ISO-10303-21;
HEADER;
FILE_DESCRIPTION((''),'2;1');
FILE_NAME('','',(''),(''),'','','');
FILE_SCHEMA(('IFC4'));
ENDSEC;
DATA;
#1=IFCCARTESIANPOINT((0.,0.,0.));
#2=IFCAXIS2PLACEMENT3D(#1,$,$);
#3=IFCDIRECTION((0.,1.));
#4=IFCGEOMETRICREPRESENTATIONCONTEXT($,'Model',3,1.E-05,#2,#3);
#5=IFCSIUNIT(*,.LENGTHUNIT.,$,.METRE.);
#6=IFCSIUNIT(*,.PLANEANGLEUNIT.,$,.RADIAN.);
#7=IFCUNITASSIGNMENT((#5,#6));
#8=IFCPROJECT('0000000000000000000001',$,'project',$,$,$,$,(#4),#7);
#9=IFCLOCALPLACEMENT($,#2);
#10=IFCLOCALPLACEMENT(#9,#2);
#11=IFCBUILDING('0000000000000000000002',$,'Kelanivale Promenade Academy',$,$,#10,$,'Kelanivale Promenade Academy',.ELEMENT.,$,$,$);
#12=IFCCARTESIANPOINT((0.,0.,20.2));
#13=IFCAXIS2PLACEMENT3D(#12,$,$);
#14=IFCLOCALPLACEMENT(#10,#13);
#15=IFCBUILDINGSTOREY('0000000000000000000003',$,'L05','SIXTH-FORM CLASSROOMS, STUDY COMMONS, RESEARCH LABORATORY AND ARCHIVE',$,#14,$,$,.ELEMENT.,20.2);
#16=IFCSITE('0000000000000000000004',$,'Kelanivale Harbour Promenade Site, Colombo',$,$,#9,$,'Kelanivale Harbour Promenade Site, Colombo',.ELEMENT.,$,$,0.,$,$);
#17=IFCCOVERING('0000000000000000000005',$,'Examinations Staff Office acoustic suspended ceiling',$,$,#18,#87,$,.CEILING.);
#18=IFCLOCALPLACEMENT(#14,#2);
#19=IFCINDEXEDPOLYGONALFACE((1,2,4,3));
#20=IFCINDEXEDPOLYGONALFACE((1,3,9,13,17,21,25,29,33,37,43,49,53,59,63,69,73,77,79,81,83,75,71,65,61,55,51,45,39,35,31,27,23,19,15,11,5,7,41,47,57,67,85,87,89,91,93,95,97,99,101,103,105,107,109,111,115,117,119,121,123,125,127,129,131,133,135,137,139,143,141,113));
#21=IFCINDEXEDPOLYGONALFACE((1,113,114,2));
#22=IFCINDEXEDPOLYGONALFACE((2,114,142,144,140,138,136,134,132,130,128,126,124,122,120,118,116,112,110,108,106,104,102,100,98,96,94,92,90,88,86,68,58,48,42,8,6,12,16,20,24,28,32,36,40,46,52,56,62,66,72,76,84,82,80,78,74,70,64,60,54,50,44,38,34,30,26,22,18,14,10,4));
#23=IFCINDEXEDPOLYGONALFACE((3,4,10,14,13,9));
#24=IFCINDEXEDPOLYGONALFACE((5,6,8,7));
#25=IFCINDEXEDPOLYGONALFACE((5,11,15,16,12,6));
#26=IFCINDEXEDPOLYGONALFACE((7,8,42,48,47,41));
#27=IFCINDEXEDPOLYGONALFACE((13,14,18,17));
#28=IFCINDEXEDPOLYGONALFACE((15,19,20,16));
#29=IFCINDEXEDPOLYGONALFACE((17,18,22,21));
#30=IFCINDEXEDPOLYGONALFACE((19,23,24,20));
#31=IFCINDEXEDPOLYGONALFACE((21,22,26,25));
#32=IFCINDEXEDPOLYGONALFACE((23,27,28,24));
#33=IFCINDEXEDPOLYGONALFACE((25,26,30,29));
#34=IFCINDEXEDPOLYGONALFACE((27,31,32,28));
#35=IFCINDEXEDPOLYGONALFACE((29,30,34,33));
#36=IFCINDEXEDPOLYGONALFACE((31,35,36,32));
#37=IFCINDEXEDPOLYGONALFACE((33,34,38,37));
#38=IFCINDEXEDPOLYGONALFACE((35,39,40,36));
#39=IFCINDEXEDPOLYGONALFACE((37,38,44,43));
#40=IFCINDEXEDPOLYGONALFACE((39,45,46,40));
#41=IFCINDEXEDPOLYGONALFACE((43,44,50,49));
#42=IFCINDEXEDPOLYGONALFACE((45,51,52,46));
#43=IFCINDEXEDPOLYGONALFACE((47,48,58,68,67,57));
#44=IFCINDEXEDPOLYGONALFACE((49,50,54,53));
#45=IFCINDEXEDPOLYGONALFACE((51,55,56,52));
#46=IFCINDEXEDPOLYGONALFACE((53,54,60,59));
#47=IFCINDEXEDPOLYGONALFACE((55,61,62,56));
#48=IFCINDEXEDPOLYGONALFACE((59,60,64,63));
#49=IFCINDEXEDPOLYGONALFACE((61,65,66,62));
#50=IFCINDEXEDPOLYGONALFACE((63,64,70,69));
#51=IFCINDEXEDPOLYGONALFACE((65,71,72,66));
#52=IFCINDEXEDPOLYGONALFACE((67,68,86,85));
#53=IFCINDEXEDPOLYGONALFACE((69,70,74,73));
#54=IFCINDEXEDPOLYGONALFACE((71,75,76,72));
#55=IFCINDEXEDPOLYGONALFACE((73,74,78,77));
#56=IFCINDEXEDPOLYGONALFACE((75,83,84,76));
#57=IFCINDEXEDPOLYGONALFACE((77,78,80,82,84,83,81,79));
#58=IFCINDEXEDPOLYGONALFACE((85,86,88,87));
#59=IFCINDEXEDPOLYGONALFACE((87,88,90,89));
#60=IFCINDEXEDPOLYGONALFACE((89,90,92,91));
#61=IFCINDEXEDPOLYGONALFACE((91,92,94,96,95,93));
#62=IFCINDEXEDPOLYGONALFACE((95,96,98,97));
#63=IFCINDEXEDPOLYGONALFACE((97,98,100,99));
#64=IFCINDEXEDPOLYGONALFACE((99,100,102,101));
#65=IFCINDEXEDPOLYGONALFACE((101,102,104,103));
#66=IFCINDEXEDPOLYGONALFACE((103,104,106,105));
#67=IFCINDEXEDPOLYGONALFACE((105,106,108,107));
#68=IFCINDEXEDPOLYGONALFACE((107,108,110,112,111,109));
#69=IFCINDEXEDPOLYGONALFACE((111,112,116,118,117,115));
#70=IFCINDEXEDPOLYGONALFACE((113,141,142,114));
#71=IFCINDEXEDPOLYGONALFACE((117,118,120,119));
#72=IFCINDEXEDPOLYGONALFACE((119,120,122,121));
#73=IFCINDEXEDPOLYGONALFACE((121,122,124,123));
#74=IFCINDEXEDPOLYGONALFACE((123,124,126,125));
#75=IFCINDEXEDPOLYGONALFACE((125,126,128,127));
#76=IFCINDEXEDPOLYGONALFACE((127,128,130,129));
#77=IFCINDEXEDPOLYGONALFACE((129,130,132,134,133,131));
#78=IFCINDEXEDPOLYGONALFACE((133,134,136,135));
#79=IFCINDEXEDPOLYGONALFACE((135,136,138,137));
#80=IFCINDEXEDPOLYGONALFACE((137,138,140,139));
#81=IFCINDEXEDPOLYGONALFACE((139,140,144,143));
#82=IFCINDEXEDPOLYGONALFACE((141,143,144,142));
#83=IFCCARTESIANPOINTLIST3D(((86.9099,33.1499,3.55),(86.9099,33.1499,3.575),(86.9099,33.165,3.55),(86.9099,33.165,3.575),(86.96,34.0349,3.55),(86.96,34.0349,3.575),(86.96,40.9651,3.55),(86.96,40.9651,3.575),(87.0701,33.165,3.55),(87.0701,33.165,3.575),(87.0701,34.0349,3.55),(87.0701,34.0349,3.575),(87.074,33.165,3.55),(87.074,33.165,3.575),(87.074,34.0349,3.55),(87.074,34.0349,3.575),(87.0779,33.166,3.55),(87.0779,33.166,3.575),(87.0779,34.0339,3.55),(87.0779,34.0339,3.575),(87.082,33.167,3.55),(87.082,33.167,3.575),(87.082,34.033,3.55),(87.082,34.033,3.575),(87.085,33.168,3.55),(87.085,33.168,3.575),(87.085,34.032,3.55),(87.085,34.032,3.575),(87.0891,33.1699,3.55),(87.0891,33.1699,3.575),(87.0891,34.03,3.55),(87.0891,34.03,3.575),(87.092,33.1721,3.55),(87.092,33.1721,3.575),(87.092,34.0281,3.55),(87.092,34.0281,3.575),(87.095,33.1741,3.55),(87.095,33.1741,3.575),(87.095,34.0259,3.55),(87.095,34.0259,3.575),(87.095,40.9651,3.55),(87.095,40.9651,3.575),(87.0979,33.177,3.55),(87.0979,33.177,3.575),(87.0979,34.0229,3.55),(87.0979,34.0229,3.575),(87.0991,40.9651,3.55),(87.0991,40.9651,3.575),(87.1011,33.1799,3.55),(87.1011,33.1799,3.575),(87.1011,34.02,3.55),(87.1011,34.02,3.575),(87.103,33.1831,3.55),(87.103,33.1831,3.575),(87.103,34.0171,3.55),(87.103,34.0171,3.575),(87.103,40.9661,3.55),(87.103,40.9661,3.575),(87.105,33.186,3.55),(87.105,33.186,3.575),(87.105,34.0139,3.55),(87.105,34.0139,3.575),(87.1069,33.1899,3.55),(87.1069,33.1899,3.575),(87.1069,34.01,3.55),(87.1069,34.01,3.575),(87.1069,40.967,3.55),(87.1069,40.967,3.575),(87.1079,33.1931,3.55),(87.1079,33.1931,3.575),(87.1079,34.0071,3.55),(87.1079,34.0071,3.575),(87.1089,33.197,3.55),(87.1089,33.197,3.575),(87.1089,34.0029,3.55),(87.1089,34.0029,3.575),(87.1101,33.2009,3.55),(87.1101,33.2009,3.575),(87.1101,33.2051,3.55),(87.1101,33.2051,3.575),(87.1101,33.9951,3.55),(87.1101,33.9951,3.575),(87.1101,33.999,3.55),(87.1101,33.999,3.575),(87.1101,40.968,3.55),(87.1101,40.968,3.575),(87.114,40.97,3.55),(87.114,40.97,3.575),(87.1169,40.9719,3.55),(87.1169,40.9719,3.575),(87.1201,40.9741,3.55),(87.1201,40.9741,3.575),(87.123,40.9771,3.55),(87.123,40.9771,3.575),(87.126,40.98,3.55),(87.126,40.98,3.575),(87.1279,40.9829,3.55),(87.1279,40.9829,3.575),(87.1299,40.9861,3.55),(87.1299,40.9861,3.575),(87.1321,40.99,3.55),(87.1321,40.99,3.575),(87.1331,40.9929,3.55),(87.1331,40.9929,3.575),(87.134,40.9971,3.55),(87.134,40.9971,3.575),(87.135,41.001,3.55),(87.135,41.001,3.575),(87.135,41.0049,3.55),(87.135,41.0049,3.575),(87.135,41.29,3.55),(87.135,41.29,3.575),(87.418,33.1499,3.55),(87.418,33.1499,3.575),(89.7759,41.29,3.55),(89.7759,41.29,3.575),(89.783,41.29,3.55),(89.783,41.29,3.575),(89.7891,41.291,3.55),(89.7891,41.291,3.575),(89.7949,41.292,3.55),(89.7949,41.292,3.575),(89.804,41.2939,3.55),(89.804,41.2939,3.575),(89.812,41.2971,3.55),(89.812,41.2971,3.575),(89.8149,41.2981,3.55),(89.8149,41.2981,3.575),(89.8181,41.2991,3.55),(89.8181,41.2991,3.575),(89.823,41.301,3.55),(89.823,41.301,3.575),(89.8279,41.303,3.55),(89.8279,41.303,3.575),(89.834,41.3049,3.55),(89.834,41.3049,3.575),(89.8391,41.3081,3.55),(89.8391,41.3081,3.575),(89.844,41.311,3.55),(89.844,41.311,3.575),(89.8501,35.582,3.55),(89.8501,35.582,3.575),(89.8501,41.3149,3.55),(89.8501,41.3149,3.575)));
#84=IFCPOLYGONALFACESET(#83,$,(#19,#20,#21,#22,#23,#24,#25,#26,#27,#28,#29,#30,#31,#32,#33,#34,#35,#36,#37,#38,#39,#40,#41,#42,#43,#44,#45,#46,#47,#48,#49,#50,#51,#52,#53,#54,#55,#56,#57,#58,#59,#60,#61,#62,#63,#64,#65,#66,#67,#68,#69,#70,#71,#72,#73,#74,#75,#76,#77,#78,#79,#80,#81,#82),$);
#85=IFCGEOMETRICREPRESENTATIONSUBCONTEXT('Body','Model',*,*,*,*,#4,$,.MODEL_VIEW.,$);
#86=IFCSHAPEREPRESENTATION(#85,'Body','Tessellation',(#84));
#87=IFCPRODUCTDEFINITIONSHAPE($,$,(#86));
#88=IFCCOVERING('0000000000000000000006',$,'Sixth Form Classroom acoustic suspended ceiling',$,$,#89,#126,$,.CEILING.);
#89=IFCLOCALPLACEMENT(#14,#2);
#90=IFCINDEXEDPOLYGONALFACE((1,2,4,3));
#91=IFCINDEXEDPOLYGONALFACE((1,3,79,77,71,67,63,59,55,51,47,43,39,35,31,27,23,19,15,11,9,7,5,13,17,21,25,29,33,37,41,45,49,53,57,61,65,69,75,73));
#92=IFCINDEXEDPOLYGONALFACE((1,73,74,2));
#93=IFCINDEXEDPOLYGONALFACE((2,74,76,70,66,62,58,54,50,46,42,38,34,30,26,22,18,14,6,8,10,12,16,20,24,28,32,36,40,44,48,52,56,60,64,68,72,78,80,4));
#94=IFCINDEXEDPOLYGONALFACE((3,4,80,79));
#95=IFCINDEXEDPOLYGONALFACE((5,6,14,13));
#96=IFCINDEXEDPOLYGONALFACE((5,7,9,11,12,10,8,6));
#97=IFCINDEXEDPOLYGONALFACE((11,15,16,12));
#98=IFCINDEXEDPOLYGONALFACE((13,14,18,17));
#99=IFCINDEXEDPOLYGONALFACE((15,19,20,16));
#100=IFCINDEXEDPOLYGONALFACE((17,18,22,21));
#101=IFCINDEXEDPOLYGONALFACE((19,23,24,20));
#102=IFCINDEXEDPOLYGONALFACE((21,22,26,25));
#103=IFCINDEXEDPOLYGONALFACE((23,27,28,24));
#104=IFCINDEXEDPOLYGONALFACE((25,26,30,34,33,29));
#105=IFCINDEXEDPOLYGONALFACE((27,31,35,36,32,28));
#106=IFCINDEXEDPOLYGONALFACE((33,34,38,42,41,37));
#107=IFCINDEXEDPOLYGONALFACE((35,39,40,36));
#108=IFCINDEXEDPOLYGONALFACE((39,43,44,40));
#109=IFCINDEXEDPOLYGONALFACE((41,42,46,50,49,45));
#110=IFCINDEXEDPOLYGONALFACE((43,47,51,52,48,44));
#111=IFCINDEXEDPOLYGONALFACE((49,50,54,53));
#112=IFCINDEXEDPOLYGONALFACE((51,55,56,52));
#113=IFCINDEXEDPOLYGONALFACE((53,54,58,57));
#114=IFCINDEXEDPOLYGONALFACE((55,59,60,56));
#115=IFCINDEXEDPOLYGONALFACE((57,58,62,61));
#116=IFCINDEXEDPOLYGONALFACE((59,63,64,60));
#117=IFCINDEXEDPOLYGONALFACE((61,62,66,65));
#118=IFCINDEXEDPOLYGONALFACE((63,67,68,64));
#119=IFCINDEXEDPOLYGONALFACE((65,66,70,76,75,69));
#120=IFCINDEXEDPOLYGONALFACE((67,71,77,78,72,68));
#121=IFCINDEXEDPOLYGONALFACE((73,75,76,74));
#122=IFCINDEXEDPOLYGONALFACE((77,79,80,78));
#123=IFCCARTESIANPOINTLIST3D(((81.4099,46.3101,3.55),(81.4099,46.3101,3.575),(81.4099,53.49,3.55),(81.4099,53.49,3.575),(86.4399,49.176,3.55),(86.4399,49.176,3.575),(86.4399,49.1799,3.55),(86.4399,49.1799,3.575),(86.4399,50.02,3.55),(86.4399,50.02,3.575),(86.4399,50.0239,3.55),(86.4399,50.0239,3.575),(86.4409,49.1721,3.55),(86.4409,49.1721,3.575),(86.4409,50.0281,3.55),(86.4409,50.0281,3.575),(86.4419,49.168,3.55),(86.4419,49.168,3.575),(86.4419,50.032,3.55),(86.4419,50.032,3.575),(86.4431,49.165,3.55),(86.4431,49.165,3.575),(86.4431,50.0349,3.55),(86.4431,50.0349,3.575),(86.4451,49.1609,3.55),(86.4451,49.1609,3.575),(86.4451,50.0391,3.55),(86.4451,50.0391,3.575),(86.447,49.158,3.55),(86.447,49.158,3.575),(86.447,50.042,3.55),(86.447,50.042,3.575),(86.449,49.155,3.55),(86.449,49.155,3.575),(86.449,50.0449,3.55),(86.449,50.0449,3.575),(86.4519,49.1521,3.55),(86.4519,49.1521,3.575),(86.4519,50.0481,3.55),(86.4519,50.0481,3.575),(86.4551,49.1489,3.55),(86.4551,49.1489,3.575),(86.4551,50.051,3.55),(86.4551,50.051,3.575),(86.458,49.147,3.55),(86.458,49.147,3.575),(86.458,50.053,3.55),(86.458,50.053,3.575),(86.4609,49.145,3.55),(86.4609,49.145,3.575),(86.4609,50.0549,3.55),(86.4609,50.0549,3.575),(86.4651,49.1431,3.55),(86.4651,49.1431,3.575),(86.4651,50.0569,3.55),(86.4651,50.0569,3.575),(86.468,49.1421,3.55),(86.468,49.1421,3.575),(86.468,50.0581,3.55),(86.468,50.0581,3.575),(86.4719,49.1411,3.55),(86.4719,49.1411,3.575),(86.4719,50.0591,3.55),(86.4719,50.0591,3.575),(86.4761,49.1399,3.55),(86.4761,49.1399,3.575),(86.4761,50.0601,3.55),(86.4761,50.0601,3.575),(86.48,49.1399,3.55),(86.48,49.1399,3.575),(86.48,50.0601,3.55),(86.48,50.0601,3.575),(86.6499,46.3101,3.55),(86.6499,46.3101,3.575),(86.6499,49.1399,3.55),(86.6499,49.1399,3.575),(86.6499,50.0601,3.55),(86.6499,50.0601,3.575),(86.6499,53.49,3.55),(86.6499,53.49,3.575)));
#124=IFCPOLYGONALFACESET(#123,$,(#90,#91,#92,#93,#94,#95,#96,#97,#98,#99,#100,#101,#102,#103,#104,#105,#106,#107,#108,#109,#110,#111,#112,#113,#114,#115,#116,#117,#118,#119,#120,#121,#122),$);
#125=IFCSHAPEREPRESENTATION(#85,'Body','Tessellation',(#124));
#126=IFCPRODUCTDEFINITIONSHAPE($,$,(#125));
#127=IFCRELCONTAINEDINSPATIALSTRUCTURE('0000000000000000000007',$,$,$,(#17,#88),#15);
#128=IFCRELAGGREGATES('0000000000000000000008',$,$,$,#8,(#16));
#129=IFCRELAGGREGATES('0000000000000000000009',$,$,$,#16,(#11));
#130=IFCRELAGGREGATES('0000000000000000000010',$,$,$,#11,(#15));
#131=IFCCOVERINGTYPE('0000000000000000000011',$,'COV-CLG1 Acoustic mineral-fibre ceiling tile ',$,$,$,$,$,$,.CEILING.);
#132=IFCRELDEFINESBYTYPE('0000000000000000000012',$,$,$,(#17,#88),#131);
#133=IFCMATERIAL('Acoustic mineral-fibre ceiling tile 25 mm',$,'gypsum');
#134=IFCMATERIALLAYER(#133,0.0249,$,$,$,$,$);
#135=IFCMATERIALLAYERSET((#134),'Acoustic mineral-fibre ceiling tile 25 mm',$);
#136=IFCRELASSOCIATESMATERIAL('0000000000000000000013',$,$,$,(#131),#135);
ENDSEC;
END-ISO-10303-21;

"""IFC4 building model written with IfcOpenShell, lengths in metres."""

from ifc_helpers import new_model, si_unit, direction, frame, origin, place, context, subcontext, project, spatial, polyline, outline, extrude, material, layer, layer_set, type_object, element, save


model = new_model("IFC4")

# Units and contexts
model_context = context("Model", 3, precision=1e-05, world=origin(), true_north=direction((0.0, 1.0)))
body_context = subcontext(model_context, "Body", "Model", "MODEL_VIEW")
ifc_project = project(units=[si_unit("LENGTHUNIT", "METRE"), si_unit("PLANEANGLEUNIT", "RADIAN")], contexts=[model_context])

# Site, building, storey
site_placement = place(None, origin())
site = spatial("IfcSite", under=ifc_project, at=site_placement, Name="Kelanivale Harbour Promenade Site, Colombo", LongName="Kelanivale Harbour Promenade Site, Colombo", CompositionType="ELEMENT", RefElevation=0.0)
building_placement = place(site_placement, origin())
building = spatial("IfcBuilding", under=site, at=building_placement, Name="Kelanivale Promenade Academy", LongName="Kelanivale Promenade Academy", CompositionType="ELEMENT")
storey_placement = place(building_placement, frame((0.0, 0.0, 20.2)))
storey = spatial("IfcBuildingStorey", under=building, at=storey_placement, Name="L05", Description="SIXTH-FORM CLASSROOMS, STUDY COMMONS, RESEARCH LABORATORY AND ARCHIVE", CompositionType="ELEMENT", Elevation=20.2)

# Coverings
ifc_material_1 = material(Name="Acoustic mineral-fibre ceiling tile 25 mm", Category="gypsum")
ifc_layer_1 = layer(ifc_material_1, 0.0249)
ifc_layer_set_1 = layer_set([ifc_layer_1], Name="Acoustic mineral-fibre ceiling tile 25 mm")
covering_type_1 = type_object("IfcCoveringType", Name="COV-CLG1 Acoustic mineral-fibre ceiling tile ", PredefinedType="CEILING", material=ifc_layer_set_1)
covering_1_placement = place(storey_placement, frame((0.0, 0.0, 3.55)))
element("IfcCovering", 1, at=covering_1_placement, inside=storey, type_object=covering_type_1, Name="Examinations Staff Office acoustic suspended ceiling", PredefinedType="CEILING", context=body_context, shape_type="SweptSolid", body=[
    extrude(outline(polyline([(86.96, 34.0349), (87.0701, 34.0349), (87.074, 34.0349), (87.0779, 34.0339), (87.082, 34.033), (87.085, 34.032), (87.0891, 34.03), (87.092, 34.0281), (87.095, 34.0259), (87.0979, 34.0229), (87.1011, 34.02), (87.103, 34.0171), (87.105, 34.0139), (87.1069, 34.01), (87.1079, 34.0071), (87.1089, 34.0029), (87.1101, 33.999), (87.1101, 33.9951), (87.1101, 33.2051), (87.1101, 33.2009), (87.1089, 33.197), (87.1079, 33.1931), (87.1069, 33.1899), (87.105, 33.186), (87.103, 33.1831), (87.1011, 33.1799), (87.0979, 33.177), (87.095, 33.1741), (87.092, 33.1721), (87.0891, 33.1699), (87.085, 33.168), (87.082, 33.167), (87.0779, 33.166), (87.074, 33.165), (87.0701, 33.165), (86.9099, 33.165), (86.9099, 33.1499), (87.418, 33.1499), (89.8501, 35.582), (89.8501, 41.3149), (89.844, 41.311), (89.8391, 41.3081), (89.834, 41.3049), (89.8279, 41.303), (89.823, 41.301), (89.8181, 41.2991), (89.8149, 41.2981), (89.812, 41.2971), (89.804, 41.2939), (89.7949, 41.292), (89.7891, 41.291), (89.783, 41.29), (89.7759, 41.29), (87.135, 41.29), (87.135, 41.0049), (87.135, 41.001), (87.134, 40.9971), (87.1331, 40.9929), (87.1321, 40.99), (87.1299, 40.9861), (87.1279, 40.9829), (87.126, 40.98), (87.123, 40.9771), (87.1201, 40.9741), (87.1169, 40.9719), (87.114, 40.97), (87.1101, 40.968), (87.1069, 40.967), (87.103, 40.9661), (87.0991, 40.9651), (87.095, 40.9651), (86.96, 40.9651), (86.96, 34.0349)])), origin(), (0.0, 0.0, 1.0), 0.0249),
])
covering_2_placement = place(storey_placement, frame((0.0, 0.0, 3.55)))
element("IfcCovering", 2, at=covering_2_placement, inside=storey, type_object=covering_type_1, Name="Sixth Form Classroom acoustic suspended ceiling", PredefinedType="CEILING", context=body_context, shape_type="SweptSolid", body=[
    extrude(outline(polyline([(86.6499, 46.3101), (86.6499, 49.1399), (86.48, 49.1399), (86.4761, 49.1399), (86.4719, 49.1411), (86.468, 49.1421), (86.4651, 49.1431), (86.4609, 49.145), (86.458, 49.147), (86.4551, 49.1489), (86.4519, 49.1521), (86.449, 49.155), (86.447, 49.158), (86.4451, 49.1609), (86.4431, 49.165), (86.4419, 49.168), (86.4409, 49.1721), (86.4399, 49.176), (86.4399, 49.1799), (86.4399, 50.02), (86.4399, 50.0239), (86.4409, 50.0281), (86.4419, 50.032), (86.4431, 50.0349), (86.4451, 50.0391), (86.447, 50.042), (86.449, 50.0449), (86.4519, 50.0481), (86.4551, 50.051), (86.458, 50.053), (86.4609, 50.0549), (86.4651, 50.0569), (86.468, 50.0581), (86.4719, 50.0591), (86.4761, 50.0601), (86.48, 50.0601), (86.6499, 50.0601), (86.6499, 53.49), (81.4099, 53.49), (81.4099, 46.3101), (86.6499, 46.3101)])), origin(), (0.0, 0.0, 1.0), 0.0249),
])

save(model, "model.ifc")
